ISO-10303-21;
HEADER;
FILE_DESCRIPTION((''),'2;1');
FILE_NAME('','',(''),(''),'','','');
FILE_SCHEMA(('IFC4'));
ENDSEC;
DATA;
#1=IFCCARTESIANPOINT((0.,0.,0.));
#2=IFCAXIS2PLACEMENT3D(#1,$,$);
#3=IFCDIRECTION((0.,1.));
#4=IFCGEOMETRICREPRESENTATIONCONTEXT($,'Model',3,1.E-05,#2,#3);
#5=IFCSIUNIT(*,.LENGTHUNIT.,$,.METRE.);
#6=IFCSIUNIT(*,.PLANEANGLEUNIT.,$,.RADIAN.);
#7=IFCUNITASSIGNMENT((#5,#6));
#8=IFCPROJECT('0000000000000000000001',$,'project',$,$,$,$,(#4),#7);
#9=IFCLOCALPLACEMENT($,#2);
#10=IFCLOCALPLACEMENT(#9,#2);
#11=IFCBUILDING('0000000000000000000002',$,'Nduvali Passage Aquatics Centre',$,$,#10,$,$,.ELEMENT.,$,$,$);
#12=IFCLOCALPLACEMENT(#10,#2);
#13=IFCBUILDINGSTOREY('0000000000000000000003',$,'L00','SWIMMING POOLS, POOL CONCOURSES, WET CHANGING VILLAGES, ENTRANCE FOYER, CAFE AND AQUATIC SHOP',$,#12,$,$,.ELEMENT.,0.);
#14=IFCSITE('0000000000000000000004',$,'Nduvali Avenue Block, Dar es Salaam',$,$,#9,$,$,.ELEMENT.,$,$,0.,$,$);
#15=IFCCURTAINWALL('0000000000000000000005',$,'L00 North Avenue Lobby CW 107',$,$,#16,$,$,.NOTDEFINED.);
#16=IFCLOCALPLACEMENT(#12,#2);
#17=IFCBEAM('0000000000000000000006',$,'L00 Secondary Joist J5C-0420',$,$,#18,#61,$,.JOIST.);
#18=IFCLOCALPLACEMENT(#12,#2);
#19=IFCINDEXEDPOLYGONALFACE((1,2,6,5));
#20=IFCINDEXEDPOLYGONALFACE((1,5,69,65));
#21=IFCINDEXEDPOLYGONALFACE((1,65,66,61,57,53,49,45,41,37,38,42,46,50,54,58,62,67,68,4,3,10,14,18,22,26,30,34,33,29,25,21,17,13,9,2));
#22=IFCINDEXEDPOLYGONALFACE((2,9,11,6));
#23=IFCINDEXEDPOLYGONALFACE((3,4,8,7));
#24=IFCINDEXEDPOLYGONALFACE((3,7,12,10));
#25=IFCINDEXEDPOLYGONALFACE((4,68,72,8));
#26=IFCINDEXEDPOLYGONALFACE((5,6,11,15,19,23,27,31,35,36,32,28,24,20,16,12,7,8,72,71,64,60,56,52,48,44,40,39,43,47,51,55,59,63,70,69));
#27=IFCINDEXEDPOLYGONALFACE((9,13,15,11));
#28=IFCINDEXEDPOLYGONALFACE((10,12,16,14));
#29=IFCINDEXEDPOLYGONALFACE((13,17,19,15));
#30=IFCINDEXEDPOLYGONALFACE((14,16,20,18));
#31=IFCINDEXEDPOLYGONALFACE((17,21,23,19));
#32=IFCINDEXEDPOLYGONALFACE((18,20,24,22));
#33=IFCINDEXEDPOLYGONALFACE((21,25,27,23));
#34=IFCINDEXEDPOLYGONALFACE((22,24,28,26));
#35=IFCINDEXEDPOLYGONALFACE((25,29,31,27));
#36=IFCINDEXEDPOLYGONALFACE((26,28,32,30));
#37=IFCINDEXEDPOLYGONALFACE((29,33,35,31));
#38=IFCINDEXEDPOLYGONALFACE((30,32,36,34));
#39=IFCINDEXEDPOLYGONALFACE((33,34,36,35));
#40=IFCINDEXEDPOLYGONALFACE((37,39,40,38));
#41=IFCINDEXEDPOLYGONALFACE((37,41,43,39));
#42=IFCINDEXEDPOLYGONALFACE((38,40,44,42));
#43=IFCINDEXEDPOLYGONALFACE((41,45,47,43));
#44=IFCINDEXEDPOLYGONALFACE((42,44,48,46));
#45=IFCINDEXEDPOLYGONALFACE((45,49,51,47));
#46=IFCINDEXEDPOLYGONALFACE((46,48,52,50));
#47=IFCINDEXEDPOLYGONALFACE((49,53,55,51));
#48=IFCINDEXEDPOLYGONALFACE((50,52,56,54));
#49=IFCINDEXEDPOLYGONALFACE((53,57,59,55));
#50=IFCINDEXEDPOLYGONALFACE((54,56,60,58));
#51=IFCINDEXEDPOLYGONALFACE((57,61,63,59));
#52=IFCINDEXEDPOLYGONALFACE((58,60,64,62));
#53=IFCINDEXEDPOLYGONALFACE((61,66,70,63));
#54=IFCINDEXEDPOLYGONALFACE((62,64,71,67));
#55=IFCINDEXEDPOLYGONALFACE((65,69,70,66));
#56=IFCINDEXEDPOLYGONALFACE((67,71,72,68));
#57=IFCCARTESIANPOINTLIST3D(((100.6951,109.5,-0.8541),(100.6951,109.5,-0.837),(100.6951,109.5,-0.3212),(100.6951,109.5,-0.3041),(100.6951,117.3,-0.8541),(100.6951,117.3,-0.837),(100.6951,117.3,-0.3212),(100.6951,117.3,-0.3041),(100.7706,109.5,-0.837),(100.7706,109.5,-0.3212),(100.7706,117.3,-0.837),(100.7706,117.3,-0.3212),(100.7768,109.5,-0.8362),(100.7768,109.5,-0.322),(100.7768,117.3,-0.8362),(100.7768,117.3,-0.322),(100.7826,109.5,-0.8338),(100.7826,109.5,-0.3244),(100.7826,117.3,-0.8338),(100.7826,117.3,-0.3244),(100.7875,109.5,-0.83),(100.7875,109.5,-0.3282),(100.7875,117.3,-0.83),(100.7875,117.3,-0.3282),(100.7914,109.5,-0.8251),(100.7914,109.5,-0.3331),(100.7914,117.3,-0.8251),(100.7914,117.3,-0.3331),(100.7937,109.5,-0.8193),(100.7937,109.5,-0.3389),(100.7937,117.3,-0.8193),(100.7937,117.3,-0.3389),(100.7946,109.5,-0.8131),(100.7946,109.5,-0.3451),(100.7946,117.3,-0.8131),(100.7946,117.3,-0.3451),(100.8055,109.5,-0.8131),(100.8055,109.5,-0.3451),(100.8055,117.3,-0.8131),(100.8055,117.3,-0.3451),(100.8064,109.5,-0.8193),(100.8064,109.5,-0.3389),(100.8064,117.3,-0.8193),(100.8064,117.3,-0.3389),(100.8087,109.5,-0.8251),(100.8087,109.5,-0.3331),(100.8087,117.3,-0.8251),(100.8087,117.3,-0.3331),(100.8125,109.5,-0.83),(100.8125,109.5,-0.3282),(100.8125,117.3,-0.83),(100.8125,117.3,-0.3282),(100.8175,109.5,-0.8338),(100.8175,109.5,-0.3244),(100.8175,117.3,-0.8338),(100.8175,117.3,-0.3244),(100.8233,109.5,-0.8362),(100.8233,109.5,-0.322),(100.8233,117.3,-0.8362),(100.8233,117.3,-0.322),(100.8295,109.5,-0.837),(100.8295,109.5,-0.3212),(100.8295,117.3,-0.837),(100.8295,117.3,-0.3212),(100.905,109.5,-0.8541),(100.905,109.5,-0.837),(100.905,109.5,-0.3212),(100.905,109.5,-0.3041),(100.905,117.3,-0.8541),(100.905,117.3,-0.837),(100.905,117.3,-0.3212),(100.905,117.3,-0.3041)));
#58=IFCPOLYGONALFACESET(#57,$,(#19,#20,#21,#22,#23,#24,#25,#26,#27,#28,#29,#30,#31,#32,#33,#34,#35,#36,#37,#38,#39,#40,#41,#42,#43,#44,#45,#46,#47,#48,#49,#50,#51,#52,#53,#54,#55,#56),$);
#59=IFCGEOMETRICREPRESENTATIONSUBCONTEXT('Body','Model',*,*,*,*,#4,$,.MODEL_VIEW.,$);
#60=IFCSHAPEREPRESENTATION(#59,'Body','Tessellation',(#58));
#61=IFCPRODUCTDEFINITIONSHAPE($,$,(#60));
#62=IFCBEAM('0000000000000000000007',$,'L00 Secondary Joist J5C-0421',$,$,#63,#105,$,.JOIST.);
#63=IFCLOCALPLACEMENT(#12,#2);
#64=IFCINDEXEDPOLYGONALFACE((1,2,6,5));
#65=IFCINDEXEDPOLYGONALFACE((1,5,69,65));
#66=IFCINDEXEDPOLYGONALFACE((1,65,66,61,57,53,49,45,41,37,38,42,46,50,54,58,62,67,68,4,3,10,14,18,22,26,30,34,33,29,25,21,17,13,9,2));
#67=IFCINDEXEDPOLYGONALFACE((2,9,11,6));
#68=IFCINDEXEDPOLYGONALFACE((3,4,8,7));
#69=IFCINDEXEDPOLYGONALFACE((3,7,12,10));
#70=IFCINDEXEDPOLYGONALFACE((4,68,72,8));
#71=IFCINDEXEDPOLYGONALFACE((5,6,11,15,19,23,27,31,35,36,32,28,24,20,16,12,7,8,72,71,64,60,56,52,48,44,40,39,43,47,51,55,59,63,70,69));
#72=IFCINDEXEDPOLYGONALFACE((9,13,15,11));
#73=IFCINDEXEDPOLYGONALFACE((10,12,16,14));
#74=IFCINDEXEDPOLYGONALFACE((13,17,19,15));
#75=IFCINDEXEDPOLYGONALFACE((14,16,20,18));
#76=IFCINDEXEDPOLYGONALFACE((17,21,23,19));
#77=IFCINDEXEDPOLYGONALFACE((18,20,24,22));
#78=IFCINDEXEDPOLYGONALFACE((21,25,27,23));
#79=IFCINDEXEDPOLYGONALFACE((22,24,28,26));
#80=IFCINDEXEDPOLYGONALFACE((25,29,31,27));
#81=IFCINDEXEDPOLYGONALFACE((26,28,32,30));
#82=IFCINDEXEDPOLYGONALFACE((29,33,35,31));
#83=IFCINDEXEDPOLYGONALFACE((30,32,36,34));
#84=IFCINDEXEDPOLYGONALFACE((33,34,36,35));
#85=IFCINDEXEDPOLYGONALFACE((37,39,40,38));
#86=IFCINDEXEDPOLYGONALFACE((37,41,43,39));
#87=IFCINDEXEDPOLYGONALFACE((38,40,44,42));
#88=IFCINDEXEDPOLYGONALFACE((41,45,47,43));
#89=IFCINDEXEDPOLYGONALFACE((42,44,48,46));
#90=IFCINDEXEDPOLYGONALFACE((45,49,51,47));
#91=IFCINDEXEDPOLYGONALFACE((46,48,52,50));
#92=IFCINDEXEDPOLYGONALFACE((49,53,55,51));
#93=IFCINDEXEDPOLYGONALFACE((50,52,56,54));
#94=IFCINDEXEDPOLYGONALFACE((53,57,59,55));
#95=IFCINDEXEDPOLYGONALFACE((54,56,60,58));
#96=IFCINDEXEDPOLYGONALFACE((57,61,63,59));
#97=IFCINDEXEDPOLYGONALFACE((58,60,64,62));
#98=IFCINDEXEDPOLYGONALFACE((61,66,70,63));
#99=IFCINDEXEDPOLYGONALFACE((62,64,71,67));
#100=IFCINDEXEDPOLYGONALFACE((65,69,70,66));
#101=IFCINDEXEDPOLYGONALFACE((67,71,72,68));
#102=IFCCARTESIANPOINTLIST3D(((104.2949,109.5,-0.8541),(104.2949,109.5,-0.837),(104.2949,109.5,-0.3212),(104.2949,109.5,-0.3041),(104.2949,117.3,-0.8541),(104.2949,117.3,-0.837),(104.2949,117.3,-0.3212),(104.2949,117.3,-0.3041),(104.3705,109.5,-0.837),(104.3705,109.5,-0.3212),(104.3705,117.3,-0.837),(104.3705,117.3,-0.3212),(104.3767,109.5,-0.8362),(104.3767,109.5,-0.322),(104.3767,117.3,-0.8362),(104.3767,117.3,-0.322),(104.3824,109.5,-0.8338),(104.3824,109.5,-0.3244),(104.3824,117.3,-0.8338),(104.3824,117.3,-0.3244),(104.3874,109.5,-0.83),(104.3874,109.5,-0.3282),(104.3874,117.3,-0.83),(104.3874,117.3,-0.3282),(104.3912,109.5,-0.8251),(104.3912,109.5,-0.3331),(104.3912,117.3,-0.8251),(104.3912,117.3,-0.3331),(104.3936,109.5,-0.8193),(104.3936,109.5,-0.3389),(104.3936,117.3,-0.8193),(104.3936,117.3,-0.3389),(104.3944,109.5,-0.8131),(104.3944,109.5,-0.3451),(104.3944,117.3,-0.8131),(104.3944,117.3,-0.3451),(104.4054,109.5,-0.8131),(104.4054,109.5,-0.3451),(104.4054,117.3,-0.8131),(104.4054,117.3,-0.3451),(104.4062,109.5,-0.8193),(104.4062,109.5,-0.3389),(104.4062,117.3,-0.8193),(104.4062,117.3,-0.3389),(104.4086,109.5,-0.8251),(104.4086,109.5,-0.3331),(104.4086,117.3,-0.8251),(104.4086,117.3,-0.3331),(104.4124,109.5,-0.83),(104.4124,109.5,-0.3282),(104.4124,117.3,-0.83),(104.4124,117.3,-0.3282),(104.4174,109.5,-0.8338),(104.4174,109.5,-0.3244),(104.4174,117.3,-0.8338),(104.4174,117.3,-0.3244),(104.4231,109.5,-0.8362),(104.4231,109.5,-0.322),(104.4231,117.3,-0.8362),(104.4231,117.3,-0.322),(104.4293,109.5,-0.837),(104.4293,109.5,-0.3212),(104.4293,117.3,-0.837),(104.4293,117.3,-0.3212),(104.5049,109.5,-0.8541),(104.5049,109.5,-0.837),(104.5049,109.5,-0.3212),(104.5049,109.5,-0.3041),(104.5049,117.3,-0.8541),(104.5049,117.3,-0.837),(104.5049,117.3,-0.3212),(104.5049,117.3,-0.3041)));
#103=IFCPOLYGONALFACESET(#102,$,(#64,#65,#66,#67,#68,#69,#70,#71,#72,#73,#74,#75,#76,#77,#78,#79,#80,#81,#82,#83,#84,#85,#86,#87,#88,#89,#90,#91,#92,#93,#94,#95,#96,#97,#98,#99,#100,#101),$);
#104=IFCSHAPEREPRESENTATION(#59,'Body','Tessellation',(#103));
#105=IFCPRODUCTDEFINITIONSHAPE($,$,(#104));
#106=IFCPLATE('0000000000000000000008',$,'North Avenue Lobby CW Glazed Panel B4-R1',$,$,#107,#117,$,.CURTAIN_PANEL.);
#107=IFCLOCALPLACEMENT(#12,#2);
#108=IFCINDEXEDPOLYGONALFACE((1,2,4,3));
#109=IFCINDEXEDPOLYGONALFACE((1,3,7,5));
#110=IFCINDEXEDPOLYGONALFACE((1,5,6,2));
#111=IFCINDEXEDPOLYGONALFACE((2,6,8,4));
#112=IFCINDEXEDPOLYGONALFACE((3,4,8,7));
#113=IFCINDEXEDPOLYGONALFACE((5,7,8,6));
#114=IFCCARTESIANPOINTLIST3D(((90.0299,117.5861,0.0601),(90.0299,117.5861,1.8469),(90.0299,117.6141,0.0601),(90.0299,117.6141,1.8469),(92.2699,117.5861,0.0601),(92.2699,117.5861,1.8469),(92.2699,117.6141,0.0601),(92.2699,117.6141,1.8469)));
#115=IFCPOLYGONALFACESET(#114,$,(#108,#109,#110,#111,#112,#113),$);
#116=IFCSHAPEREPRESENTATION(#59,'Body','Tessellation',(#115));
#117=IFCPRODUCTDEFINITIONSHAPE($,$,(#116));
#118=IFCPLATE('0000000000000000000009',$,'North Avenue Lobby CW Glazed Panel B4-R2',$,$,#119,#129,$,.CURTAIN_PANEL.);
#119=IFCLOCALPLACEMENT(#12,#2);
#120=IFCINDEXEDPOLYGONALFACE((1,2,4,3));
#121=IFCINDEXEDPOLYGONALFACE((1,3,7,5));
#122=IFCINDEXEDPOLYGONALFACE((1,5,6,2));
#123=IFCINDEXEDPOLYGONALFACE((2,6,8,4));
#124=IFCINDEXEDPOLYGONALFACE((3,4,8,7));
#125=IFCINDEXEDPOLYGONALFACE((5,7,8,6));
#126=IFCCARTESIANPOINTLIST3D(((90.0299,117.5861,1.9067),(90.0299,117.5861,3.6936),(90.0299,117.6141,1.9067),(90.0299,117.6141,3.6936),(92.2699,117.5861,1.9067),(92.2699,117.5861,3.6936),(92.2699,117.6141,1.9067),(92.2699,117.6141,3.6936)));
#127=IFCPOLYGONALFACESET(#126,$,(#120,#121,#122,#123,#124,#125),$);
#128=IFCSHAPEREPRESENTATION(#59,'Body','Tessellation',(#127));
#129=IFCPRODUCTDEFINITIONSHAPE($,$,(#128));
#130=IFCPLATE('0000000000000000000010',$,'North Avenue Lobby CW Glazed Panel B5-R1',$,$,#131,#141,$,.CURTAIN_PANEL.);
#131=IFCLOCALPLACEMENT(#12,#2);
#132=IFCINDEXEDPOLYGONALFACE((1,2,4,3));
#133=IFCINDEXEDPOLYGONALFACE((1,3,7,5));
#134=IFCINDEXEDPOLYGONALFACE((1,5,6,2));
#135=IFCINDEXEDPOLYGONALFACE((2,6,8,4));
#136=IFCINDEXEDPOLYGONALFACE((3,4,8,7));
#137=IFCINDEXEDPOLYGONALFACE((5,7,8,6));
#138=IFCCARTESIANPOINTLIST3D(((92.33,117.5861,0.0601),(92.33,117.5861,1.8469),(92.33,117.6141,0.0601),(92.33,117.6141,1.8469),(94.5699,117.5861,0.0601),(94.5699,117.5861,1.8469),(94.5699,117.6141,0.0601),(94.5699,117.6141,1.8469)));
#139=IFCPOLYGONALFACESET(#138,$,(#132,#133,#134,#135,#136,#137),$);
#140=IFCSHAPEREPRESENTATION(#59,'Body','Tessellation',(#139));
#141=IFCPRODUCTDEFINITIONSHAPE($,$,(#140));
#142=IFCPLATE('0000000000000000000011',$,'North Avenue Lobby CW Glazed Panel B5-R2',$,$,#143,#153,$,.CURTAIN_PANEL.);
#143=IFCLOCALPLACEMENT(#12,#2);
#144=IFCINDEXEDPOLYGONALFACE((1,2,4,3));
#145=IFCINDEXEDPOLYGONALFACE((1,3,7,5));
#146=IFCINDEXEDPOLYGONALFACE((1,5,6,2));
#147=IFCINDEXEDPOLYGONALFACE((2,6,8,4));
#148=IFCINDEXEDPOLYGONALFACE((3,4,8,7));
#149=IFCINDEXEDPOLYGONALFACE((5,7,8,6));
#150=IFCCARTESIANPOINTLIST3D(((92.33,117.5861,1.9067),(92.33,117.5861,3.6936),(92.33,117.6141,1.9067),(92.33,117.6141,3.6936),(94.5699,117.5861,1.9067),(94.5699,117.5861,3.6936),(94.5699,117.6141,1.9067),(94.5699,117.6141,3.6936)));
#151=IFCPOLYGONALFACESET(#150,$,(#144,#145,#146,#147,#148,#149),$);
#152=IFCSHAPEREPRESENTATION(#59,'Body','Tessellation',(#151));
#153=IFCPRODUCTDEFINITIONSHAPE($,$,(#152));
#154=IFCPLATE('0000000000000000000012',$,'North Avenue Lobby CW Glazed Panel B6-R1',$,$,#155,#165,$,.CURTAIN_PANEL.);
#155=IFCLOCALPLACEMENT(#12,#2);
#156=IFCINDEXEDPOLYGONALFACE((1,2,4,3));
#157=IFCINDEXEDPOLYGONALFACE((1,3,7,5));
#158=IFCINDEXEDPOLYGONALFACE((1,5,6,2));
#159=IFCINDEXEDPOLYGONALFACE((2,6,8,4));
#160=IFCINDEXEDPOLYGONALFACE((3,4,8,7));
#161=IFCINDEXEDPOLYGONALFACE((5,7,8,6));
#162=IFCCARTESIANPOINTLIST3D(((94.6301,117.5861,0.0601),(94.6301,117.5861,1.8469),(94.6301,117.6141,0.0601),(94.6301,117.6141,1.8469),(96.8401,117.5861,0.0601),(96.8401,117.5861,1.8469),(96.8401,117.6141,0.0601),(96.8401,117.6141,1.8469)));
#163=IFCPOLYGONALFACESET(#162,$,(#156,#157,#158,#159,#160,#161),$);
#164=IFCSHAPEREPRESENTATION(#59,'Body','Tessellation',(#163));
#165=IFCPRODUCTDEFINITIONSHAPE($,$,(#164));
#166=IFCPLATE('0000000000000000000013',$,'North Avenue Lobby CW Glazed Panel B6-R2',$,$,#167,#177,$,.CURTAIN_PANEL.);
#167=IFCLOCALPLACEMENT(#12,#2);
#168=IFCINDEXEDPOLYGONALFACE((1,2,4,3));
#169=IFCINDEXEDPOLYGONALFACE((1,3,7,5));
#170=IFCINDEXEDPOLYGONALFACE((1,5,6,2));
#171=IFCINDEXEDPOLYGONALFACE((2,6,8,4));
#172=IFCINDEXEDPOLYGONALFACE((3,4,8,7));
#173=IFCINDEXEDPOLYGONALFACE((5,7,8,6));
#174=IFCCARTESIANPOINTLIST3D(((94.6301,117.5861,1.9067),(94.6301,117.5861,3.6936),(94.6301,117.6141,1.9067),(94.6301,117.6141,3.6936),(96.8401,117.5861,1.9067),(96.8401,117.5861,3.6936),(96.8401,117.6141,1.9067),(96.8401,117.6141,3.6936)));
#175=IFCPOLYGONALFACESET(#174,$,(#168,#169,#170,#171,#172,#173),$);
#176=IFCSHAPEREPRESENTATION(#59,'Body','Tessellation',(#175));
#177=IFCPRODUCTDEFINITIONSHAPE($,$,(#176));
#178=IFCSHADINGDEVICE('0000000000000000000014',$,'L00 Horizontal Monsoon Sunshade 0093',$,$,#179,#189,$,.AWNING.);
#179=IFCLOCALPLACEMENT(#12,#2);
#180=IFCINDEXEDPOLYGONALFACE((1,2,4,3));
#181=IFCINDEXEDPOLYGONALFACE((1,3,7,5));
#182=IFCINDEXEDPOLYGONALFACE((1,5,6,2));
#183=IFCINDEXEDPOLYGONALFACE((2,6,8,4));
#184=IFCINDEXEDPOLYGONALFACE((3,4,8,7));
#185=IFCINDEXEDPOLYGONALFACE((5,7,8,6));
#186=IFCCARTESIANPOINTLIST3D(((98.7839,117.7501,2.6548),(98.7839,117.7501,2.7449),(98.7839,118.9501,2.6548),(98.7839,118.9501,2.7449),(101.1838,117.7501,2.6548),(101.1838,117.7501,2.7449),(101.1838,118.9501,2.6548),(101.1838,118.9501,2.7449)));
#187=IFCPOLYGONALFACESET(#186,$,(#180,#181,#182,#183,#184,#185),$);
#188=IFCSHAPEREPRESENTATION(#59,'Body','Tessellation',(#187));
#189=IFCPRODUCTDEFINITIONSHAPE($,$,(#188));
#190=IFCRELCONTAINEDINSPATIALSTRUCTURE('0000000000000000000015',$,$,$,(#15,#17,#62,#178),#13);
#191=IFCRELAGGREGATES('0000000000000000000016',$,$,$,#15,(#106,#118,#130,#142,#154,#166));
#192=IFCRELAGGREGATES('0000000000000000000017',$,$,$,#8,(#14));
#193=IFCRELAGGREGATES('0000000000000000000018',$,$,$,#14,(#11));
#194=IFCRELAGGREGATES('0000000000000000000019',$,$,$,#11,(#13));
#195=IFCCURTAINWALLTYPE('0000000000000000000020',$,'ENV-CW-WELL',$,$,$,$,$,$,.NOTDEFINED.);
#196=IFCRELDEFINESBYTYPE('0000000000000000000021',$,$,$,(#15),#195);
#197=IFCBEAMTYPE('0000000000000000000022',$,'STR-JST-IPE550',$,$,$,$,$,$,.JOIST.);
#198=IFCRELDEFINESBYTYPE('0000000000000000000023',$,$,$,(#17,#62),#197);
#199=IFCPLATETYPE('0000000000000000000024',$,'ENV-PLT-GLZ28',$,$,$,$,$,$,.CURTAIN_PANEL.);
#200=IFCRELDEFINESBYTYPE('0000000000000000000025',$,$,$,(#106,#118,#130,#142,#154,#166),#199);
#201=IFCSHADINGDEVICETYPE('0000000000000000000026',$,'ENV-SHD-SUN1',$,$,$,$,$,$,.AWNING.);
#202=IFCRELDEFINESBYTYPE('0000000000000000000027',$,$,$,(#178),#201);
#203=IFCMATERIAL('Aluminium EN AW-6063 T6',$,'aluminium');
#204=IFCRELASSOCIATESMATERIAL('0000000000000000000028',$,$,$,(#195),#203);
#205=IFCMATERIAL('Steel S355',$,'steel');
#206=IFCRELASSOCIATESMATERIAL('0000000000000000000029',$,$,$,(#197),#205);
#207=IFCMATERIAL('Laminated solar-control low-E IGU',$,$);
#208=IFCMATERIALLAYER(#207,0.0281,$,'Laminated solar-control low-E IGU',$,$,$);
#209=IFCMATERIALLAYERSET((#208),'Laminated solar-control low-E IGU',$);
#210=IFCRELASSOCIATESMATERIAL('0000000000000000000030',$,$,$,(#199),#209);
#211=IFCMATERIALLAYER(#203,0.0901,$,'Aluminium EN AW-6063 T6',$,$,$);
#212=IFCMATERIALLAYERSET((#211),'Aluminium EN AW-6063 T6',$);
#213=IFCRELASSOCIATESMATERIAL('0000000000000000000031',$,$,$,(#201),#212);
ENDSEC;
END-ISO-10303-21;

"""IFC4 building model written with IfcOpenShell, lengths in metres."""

from ifc_helpers import new_model, si_unit, direction, frame, origin, origin_2d, place, context, subcontext, project, spatial, rectangle, i_section, extrude, material, layer, layer_set, material_profile, profile_set, type_object, element, aggregate, save


model = new_model("IFC4")

# Units and contexts
model_context = context("Model", 3, precision=1e-05, world=origin(), true_north=direction((0.0, 1.0)))
body_context = subcontext(model_context, "Body", "Model", "MODEL_VIEW")
ifc_project = project(units=[si_unit("LENGTHUNIT", "METRE"), si_unit("PLANEANGLEUNIT", "RADIAN")], contexts=[model_context])

# Site, building, storey
site_placement = place(None, origin())
site = spatial("IfcSite", under=ifc_project, at=site_placement, Name="Nduvali Avenue Block, Dar es Salaam", CompositionType="ELEMENT", RefElevation=0.0)
building_placement = place(site_placement, origin())
building = spatial("IfcBuilding", under=site, at=building_placement, Name="Nduvali Passage Aquatics Centre", CompositionType="ELEMENT")
storey_placement = place(building_placement, origin())
storey = spatial("IfcBuildingStorey", under=building, at=storey_placement, Name="L00", Description="SWIMMING POOLS, POOL CONCOURSES, WET CHANGING VILLAGES, ENTRANCE FOYER, CAFE AND AQUATIC SHOP", CompositionType="ELEMENT", Elevation=0.0)

# Curtain wall
ifc_material_1 = material(Name="Aluminium EN AW-6063 T6", Category="aluminium")
curtain_wall_type = type_object("IfcCurtainWallType", Name="ENV-CW-WELL", PredefinedType="NOTDEFINED", material=ifc_material_1)
curtain_wall_placement = place(storey_placement, origin())
curtain_wall = element("IfcCurtainWall", 1, at=curtain_wall_placement, inside=storey, type_object=curtain_wall_type, Name="L00 North Avenue Lobby CW 107", PredefinedType="NOTDEFINED")

# Beams
ifc_material_2 = material(Name="Steel S355", Category="steel")
ifc_material_profile_1 = material_profile(ifc_material_2, i_section(OverallWidth=0.21, OverallDepth=0.55, WebThickness=0.011, FlangeThickness=0.0171, FilletRadius=0.0239, at=origin_2d()), Name="IPE 550")
ifc_profile_set_1 = profile_set([ifc_material_profile_1], Name="Steel S355")
beam_type_1 = type_object("IfcBeamType", Name="STR-JST-IPE550", PredefinedType="JOIST", material=ifc_profile_set_1)
for number, where, z_axis, x_axis, name in (
    (2, (100.8, 109.5, -0.5791), (0.0, 1.0, 0.0), (-1.0, 0.0, 0.0), "L00 Secondary Joist J5C-0420"),
    (3, (104.3999, 109.5, -0.5791), (0.0, 1.0, 0.0), (-1.0, 0.0, 0.0), "L00 Secondary Joist J5C-0421"),
):
    element("IfcBeam", number, at=place(storey_placement, frame(where, z_axis=z_axis, x_axis=x_axis)), inside=storey, type_object=beam_type_1, Name=name, PredefinedType="JOIST", context=body_context, shape_type="SweptSolid", body=[
        extrude(i_section(OverallWidth=0.21, OverallDepth=0.55, WebThickness=0.011, FlangeThickness=0.0171, FilletRadius=0.0239, at=origin_2d()), origin(), (0.0, 0.0, 1.0), 7.8),
    ])

# Plates
ifc_material_3 = material(Name="Laminated solar-control low-E IGU")
ifc_layer_1 = layer(ifc_material_3, 0.0281, Name="Laminated solar-control low-E IGU")
ifc_layer_set_1 = layer_set([ifc_layer_1], Name="Laminated solar-control low-E IGU")
plate_type = type_object("IfcPlateType", Name="ENV-PLT-GLZ28", PredefinedType="CURTAIN_PANEL", material=ifc_layer_set_1)
plate_1_placement = place(storey_placement, frame((91.1499, 117.6001, 0.0601), z_axis=(0.0, 0.0, 1.0), x_axis=(1.0, 0.0, 0.0)))
plate_1 = element("IfcPlate", 4, at=plate_1_placement, type_object=plate_type, Name="North Avenue Lobby CW Glazed Panel B4-R1", PredefinedType="CURTAIN_PANEL", context=body_context, shape_type="SweptSolid", body=[
    extrude(rectangle(XDim=2.24, YDim=0.0281, at=origin_2d()), origin(), (0.0, 0.0, 1.0), 1.7869),
])
plate_2_placement = place(storey_placement, frame((91.1499, 117.6001, 1.9067), z_axis=(0.0, 0.0, 1.0), x_axis=(1.0, 0.0, 0.0)))
plate_2 = element("IfcPlate", 5, at=plate_2_placement, type_object=plate_type, Name="North Avenue Lobby CW Glazed Panel B4-R2", PredefinedType="CURTAIN_PANEL", context=body_context, shape_type="SweptSolid", body=[
    extrude(rectangle(XDim=2.24, YDim=0.0281, at=origin_2d()), origin(), (0.0, 0.0, 1.0), 1.7869),
])
plate_3_placement = place(storey_placement, frame((93.45, 117.6001, 0.0601), z_axis=(0.0, 0.0, 1.0), x_axis=(1.0, 0.0, 0.0)))
plate_3 = element("IfcPlate", 6, at=plate_3_placement, type_object=plate_type, Name="North Avenue Lobby CW Glazed Panel B5-R1", PredefinedType="CURTAIN_PANEL", context=body_context, shape_type="SweptSolid", body=[
    extrude(rectangle(XDim=2.24, YDim=0.0281, at=origin_2d()), origin(), (0.0, 0.0, 1.0), 1.7869),
])
plate_4_placement = place(storey_placement, frame((93.45, 117.6001, 1.9067), z_axis=(0.0, 0.0, 1.0), x_axis=(1.0, 0.0, 0.0)))
plate_4 = element("IfcPlate", 7, at=plate_4_placement, type_object=plate_type, Name="North Avenue Lobby CW Glazed Panel B5-R2", PredefinedType="CURTAIN_PANEL", context=body_context, shape_type="SweptSolid", body=[
    extrude(rectangle(XDim=2.24, YDim=0.0281, at=origin_2d()), origin(), (0.0, 0.0, 1.0), 1.7869),
])
plate_5_placement = place(storey_placement, frame((95.7351, 117.6001, 0.0601), z_axis=(0.0, 0.0, 1.0), x_axis=(1.0, 0.0, 0.0)))
plate_5 = element("IfcPlate", 8, at=plate_5_placement, type_object=plate_type, Name="North Avenue Lobby CW Glazed Panel B6-R1", PredefinedType="CURTAIN_PANEL", context=body_context, shape_type="SweptSolid", body=[
    extrude(rectangle(XDim=2.21, YDim=0.0281, at=origin_2d()), origin(), (0.0, 0.0, 1.0), 1.7869),
])
plate_6_placement = place(storey_placement, frame((95.7351, 117.6001, 1.9067), z_axis=(0.0, 0.0, 1.0), x_axis=(1.0, 0.0, 0.0)))
plate_6 = element("IfcPlate", 9, at=plate_6_placement, type_object=plate_type, Name="North Avenue Lobby CW Glazed Panel B6-R2", PredefinedType="CURTAIN_PANEL", context=body_context, shape_type="SweptSolid", body=[
    extrude(rectangle(XDim=2.21, YDim=0.0281, at=origin_2d()), origin(), (0.0, 0.0, 1.0), 1.7869),
])
aggregate(curtain_wall, [plate_1, plate_2, plate_3, plate_4, plate_5, plate_6])

# Shading device
ifc_layer_2 = layer(ifc_material_1, 0.0901, Name="Aluminium EN AW-6063 T6")
ifc_layer_set_2 = layer_set([ifc_layer_2], Name="Aluminium EN AW-6063 T6")
shading_device_type = type_object("IfcShadingDeviceType", Name="ENV-SHD-SUN1", PredefinedType="AWNING", material=ifc_layer_set_2)
shading_device_placement = place(storey_placement, frame((99.9839, 118.3501, 2.6548), z_axis=(0.0, 0.0, 1.0), x_axis=(-1.0, 0.0, 0.0)))
element("IfcShadingDevice", 10, at=shading_device_placement, inside=storey, type_object=shading_device_type, Name="L00 Horizontal Monsoon Sunshade 0093", PredefinedType="AWNING", context=body_context, shape_type="SweptSolid", body=[
    extrude(rectangle(XDim=2.3999, YDim=1.2, at=origin_2d()), origin(), (0.0, 0.0, 1.0), 0.0901),
])

save(model, "model.ifc")
